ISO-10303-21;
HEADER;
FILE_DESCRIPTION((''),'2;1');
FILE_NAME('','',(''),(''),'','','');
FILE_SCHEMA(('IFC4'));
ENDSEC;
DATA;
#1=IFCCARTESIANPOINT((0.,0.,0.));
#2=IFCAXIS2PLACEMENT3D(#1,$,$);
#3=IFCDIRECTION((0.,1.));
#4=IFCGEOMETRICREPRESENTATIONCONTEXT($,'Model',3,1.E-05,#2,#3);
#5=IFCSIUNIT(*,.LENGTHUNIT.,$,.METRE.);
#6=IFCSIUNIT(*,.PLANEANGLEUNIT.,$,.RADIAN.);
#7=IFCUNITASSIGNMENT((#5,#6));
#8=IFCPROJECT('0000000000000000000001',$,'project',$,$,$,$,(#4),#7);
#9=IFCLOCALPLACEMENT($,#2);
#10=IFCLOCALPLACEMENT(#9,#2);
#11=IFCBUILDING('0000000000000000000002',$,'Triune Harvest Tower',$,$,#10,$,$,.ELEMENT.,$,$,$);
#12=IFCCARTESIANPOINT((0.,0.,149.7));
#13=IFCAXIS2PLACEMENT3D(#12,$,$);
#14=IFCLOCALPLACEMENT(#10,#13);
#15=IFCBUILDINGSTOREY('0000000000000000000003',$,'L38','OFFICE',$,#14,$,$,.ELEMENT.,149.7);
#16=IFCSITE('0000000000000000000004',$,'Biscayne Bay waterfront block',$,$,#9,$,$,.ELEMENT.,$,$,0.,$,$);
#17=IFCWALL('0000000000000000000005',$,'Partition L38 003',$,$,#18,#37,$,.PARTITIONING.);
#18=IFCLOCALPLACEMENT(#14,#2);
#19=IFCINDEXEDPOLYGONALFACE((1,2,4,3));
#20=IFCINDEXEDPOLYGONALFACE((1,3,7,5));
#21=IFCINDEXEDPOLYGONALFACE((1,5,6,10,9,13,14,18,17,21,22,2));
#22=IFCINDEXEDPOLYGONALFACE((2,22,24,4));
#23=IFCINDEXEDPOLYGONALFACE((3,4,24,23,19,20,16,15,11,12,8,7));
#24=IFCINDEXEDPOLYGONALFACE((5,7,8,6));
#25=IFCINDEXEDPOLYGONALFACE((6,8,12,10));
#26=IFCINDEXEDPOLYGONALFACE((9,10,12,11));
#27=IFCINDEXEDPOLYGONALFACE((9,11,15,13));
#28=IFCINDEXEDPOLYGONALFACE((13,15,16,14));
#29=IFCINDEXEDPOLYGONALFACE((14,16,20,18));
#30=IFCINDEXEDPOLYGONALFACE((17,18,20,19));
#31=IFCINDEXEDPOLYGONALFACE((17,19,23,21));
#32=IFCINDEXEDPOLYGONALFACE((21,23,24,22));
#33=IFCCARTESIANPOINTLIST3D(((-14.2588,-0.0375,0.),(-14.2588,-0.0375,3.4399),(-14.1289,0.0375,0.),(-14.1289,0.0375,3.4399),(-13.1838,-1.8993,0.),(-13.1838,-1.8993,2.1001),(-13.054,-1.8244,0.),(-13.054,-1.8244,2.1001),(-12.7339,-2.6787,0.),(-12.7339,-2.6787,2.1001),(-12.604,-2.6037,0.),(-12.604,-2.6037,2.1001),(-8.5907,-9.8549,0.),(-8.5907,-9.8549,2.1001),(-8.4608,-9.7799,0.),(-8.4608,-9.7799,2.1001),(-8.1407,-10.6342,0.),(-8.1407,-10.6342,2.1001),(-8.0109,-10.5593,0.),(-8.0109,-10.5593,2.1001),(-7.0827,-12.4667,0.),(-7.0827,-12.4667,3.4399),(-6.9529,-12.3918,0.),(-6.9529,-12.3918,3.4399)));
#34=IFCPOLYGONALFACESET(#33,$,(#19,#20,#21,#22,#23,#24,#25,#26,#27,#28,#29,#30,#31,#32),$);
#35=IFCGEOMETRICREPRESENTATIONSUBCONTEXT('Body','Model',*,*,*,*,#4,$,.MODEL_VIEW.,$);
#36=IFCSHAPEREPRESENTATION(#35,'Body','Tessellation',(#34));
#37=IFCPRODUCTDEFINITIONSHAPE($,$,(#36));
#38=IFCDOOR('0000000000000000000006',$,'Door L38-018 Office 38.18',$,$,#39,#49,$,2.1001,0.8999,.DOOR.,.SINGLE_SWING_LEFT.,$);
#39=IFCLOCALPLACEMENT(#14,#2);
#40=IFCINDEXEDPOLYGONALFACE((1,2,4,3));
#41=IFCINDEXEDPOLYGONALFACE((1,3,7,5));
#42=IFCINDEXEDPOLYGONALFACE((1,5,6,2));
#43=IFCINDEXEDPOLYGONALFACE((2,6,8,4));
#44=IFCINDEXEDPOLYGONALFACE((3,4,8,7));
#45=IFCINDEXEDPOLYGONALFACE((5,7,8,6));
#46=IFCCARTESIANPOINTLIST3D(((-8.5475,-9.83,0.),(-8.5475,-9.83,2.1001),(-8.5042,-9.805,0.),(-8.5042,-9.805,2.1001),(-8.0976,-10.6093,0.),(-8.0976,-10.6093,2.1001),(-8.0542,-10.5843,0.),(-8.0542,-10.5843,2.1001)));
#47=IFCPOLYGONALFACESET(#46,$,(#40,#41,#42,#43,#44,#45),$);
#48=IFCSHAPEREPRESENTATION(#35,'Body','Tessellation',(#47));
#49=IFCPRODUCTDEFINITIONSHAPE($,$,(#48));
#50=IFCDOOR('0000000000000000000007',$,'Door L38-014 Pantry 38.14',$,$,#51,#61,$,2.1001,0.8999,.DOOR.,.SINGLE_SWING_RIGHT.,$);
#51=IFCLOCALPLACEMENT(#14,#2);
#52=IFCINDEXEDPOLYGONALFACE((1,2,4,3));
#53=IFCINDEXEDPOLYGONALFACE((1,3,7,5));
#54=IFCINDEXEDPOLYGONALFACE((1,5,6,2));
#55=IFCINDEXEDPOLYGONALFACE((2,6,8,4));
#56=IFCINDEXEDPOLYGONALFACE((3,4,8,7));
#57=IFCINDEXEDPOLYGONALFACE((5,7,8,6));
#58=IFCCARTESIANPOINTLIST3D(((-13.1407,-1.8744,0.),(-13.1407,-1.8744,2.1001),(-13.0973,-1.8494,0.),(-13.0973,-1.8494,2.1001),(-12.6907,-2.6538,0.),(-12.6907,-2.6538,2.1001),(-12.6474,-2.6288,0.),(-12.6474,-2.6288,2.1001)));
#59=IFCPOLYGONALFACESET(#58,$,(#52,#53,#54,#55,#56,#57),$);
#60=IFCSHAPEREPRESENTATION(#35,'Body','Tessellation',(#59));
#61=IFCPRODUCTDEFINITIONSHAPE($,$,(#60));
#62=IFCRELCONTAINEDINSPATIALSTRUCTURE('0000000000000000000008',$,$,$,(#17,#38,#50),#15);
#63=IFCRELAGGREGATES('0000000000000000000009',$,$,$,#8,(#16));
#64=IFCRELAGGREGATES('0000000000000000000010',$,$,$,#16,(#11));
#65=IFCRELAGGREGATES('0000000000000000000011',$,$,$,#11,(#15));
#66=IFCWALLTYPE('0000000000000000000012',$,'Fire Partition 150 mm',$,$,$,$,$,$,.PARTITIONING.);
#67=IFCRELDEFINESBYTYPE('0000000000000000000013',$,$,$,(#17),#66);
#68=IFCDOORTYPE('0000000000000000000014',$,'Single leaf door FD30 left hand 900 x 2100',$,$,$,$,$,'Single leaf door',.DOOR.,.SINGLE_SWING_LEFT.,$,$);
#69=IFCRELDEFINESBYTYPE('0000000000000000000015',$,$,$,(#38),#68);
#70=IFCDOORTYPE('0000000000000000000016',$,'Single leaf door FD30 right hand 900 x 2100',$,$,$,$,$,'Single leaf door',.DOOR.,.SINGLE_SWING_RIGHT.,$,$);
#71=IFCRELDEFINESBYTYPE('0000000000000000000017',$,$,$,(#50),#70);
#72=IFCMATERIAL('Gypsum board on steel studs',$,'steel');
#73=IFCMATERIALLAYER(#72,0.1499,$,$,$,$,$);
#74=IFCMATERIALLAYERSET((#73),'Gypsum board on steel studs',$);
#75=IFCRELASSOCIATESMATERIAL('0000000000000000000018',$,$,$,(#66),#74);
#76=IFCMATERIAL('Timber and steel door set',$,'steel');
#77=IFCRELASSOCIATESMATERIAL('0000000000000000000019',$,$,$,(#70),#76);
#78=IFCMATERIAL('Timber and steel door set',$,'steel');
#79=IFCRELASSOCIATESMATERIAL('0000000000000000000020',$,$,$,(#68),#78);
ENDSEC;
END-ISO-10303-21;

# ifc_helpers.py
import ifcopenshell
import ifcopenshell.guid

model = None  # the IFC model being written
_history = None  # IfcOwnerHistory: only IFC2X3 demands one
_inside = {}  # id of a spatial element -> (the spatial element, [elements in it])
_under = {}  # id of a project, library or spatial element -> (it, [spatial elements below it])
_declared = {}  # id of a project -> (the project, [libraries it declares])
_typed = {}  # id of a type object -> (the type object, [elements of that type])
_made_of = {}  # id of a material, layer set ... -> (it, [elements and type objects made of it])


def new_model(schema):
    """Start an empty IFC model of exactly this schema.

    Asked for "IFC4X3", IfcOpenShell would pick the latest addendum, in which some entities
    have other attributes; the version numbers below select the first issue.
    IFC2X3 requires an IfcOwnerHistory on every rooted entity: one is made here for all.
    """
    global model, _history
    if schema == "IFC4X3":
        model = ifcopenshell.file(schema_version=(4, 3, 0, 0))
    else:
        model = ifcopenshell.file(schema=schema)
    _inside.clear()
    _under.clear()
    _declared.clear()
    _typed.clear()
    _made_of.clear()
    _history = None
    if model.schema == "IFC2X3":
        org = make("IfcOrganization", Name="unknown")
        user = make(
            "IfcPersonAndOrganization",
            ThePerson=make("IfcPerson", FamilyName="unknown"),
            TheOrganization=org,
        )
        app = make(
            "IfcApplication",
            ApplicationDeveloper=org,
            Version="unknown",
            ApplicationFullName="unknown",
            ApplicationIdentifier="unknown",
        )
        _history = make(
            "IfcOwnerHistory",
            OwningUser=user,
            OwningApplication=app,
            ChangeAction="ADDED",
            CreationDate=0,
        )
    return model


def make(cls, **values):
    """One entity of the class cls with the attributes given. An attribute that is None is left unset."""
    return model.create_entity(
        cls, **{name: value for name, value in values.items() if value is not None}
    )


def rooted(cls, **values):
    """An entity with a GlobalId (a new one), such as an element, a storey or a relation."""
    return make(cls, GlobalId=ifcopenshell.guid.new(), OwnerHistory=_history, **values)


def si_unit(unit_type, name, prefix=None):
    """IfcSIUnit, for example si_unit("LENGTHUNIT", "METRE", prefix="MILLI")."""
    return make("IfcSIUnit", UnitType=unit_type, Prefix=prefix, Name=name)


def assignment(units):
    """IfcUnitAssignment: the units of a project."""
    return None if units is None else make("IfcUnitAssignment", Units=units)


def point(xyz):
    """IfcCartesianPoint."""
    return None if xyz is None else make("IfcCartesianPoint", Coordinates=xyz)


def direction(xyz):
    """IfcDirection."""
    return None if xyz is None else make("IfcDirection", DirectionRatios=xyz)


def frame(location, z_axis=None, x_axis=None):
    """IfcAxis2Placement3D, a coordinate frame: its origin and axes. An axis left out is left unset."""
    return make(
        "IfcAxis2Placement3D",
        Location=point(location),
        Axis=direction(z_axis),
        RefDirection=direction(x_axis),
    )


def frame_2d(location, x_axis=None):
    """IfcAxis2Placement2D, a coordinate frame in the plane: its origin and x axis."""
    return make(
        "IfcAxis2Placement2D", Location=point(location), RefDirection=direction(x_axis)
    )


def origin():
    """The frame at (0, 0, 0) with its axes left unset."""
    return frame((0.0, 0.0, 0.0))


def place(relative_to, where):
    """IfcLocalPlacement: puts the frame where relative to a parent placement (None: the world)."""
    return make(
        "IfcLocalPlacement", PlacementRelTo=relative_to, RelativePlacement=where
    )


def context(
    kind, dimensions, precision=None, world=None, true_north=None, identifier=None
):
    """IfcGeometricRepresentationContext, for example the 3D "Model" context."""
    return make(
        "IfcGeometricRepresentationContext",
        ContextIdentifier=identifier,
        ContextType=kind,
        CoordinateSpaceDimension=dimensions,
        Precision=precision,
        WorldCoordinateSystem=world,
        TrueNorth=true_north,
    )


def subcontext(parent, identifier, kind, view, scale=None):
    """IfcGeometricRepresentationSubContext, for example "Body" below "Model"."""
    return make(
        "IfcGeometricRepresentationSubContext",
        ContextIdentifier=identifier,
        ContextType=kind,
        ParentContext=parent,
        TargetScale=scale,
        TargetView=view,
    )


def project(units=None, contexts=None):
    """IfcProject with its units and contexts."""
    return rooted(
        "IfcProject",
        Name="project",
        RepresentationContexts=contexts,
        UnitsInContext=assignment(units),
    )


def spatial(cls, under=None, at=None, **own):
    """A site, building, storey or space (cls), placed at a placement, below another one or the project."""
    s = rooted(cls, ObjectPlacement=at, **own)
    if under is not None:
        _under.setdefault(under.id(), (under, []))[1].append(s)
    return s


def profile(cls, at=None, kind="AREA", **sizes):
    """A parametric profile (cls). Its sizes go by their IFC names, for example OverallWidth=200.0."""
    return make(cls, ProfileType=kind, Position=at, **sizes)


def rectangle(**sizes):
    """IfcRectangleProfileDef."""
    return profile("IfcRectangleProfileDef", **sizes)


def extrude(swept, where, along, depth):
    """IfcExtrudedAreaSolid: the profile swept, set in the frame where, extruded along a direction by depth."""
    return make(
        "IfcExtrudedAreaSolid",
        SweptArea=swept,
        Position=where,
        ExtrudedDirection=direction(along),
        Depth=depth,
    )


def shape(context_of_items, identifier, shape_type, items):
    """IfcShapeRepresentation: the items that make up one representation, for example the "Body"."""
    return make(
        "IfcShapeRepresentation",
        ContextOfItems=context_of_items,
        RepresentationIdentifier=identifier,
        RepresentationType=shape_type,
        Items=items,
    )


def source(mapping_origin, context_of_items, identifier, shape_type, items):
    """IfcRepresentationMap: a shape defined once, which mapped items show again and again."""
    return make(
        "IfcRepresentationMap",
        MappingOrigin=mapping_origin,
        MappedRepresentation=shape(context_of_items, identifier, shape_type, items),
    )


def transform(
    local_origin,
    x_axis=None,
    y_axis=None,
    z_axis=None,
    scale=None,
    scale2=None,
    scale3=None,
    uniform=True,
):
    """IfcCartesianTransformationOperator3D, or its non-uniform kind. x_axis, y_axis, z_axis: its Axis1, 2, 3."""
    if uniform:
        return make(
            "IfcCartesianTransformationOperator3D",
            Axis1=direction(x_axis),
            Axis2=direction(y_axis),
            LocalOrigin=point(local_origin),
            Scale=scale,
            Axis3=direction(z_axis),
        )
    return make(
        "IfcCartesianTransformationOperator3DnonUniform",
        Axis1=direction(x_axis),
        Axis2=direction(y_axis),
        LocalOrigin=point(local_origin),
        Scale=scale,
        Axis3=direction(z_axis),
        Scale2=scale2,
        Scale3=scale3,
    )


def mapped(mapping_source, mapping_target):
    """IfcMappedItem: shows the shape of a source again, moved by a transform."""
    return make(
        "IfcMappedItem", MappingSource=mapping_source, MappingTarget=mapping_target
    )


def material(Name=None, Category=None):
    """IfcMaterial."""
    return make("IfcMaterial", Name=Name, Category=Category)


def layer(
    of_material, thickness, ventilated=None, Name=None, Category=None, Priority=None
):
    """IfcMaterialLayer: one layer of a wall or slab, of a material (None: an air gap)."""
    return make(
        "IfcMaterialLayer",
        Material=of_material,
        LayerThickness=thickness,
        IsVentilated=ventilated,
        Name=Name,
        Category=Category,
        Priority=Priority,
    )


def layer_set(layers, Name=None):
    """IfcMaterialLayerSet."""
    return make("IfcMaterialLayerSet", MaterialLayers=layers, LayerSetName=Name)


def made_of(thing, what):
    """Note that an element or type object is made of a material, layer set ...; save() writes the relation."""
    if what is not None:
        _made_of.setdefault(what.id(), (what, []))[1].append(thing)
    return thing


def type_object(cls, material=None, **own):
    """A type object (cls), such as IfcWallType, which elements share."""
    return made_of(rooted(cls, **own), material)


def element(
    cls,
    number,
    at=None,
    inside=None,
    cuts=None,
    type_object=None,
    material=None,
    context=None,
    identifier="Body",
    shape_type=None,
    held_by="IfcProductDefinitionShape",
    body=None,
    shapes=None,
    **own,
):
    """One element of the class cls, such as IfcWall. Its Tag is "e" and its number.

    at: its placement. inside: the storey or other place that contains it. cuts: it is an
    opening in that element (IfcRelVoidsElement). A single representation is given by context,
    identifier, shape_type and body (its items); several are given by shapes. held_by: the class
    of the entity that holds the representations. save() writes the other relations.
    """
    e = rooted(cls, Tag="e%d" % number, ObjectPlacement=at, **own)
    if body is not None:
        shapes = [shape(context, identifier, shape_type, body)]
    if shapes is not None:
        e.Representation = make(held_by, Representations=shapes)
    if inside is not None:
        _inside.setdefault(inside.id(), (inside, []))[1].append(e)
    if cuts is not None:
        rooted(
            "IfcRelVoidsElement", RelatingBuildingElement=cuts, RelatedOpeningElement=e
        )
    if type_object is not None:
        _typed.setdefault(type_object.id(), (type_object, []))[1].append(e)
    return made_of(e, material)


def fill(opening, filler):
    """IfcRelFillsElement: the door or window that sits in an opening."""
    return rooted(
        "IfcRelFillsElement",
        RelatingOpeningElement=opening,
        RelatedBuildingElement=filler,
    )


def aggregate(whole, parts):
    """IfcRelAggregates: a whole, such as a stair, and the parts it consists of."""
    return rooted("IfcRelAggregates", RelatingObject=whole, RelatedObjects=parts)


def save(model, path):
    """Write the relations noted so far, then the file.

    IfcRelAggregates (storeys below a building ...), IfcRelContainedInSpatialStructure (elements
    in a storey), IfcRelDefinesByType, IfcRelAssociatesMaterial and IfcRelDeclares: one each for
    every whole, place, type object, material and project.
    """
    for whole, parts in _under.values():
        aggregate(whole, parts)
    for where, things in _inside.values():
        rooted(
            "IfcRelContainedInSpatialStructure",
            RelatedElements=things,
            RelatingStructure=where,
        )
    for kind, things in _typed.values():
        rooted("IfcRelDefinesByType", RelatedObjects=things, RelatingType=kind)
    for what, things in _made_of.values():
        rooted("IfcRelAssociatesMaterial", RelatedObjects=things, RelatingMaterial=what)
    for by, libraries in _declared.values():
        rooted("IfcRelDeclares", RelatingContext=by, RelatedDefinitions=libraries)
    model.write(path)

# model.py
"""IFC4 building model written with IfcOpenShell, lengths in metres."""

from ifc_helpers import new_model, si_unit, direction, frame, frame_2d, origin, place, context, subcontext, project, spatial, rectangle, extrude, source, transform, mapped, material, layer, layer_set, type_object, element, fill, save


model = new_model("IFC4")

# Units and contexts
model_context = context("Model", 3, precision=1e-05, world=origin(), true_north=direction((0.0, 1.0)))
body_context = subcontext(model_context, "Body", "Model", "MODEL_VIEW")
ifc_project = project(units=[si_unit("LENGTHUNIT", "METRE"), si_unit("PLANEANGLEUNIT", "RADIAN")], contexts=[model_context])

# Site, building, storey
site_placement = place(None, origin())
site = spatial("IfcSite", under=ifc_project, at=site_placement, Name="Biscayne Bay waterfront block", CompositionType="ELEMENT", RefElevation=0.0)
building_placement = place(site_placement, origin())
building = spatial("IfcBuilding", under=site, at=building_placement, Name="Triune Harvest Tower", CompositionType="ELEMENT")
storey_placement = place(building_placement, frame((0.0, 0.0, 149.7)))
storey = spatial("IfcBuildingStorey", under=building, at=storey_placement, Name="L38", Description="OFFICE", CompositionType="ELEMENT", Elevation=149.7)

# Shared definitions
ifc_material_1 = material(Name="Gypsum board on steel studs", Category="steel")
ifc_layer_1 = layer(ifc_material_1, 0.1499)
ifc_layer_set_1 = layer_set([ifc_layer_1], Name="Gypsum board on steel studs")
wall_type_1 = type_object("IfcWallType", Name="Fire Partition 150 mm", PredefinedType="PARTITIONING", material=ifc_layer_set_1)
ifc_material_2 = material(Name="Timber and steel door set", Category="steel")
door_type_1 = type_object("IfcDoorType", Name="Single leaf door FD30 right hand 900 x 2100", ElementType="Single leaf door", OperationType="SINGLE_SWING_RIGHT", PredefinedType="DOOR", material=ifc_material_2)

# Wall, openings, doors
shared_shape_1 = source(origin(), body_context, "Body", "SweptSolid", [
    extrude(rectangle(XDim=14.3521, YDim=0.1499, at=frame_2d((7.176, 0.0))), origin(), (0.0, 0.0, 1.0), 3.4399),
])
wall_1_placement = place(storey_placement, frame((-14.1938, 0.0, 0.0), z_axis=(0.0, 0.0, 1.0), x_axis=(0.500001, -0.866025, 0.0)))
wall_1 = element("IfcWall", 1, at=wall_1_placement, inside=storey, type_object=wall_type_1, Name="Partition L38 003", PredefinedType="PARTITIONING", context=body_context, shape_type="MappedRepresentation", body=[
    mapped(shared_shape_1, transform((0.0, 0.0, 0.0), scale=1.0)),
])
opening_1_placement = place(wall_1_placement, frame((2.1499, 0.0, 0.0)))
opening_1 = element("IfcOpeningElement", 2, at=opening_1_placement, cuts=wall_1, PredefinedType="OPENING", context=body_context, shape_type="SweptSolid", body=[
    extrude(rectangle(XDim=0.8999, YDim=2.1001, at=frame_2d((0.45, 1.05))), frame((0.0, 0.085, 0.0), z_axis=(0.0, -1.0, 0.0), x_axis=(1.0, 0.0, 0.0)), (0.0, 0.0, 1.0), 0.1699),
])
opening_2_placement = place(wall_1_placement, frame((11.3362, 0.0, 0.0)))
opening_2 = element("IfcOpeningElement", 3, at=opening_2_placement, cuts=wall_1, PredefinedType="OPENING", context=body_context, shape_type="SweptSolid", body=[
    extrude(rectangle(XDim=0.8999, YDim=2.1001, at=frame_2d((0.45, 1.05))), frame((0.0, 0.085, 0.0), z_axis=(0.0, -1.0, 0.0), x_axis=(1.0, 0.0, 0.0)), (0.0, 0.0, 1.0), 0.1699),
])
ifc_material_3 = material(Name="Timber and steel door set", Category="steel")
door_type_2 = type_object("IfcDoorType", Name="Single leaf door FD30 left hand 900 x 2100", ElementType="Single leaf door", OperationType="SINGLE_SWING_LEFT", PredefinedType="DOOR", material=ifc_material_3)
door_1_placement = place(opening_2_placement, origin())
door_1 = element("IfcDoor", 4, at=door_1_placement, inside=storey, type_object=door_type_2, Name="Door L38-018 Office 38.18", OperationType="SINGLE_SWING_LEFT", OverallHeight=2.1001, OverallWidth=0.8999, PredefinedType="DOOR", context=body_context, shape_type="SweptSolid", body=[
    extrude(rectangle(XDim=0.8999, YDim=2.1001, at=frame_2d((0.45, 1.05))), frame((0.0, 0.0249, 0.0), z_axis=(0.0, -1.0, 0.0), x_axis=(1.0, 0.0, 0.0)), (0.0, 0.0, 1.0), 0.05),
])
fill(opening_2, door_1)
door_2_placement = place(opening_1_placement, origin())
door_2 = element("IfcDoor", 5, at=door_2_placement, inside=storey, type_object=door_type_1, Name="Door L38-014 Pantry 38.14", OperationType="SINGLE_SWING_RIGHT", OverallHeight=2.1001, OverallWidth=0.8999, PredefinedType="DOOR", context=body_context, shape_type="SweptSolid", body=[
    extrude(rectangle(XDim=0.8999, YDim=2.1001, at=frame_2d((0.45, 1.05))), frame((0.0, 0.0249, 0.0), z_axis=(0.0, -1.0, 0.0), x_axis=(1.0, 0.0, 0.0)), (0.0, 0.0, 1.0), 0.05),
])
fill(opening_1, door_2)

save(model, "model.ifc")
